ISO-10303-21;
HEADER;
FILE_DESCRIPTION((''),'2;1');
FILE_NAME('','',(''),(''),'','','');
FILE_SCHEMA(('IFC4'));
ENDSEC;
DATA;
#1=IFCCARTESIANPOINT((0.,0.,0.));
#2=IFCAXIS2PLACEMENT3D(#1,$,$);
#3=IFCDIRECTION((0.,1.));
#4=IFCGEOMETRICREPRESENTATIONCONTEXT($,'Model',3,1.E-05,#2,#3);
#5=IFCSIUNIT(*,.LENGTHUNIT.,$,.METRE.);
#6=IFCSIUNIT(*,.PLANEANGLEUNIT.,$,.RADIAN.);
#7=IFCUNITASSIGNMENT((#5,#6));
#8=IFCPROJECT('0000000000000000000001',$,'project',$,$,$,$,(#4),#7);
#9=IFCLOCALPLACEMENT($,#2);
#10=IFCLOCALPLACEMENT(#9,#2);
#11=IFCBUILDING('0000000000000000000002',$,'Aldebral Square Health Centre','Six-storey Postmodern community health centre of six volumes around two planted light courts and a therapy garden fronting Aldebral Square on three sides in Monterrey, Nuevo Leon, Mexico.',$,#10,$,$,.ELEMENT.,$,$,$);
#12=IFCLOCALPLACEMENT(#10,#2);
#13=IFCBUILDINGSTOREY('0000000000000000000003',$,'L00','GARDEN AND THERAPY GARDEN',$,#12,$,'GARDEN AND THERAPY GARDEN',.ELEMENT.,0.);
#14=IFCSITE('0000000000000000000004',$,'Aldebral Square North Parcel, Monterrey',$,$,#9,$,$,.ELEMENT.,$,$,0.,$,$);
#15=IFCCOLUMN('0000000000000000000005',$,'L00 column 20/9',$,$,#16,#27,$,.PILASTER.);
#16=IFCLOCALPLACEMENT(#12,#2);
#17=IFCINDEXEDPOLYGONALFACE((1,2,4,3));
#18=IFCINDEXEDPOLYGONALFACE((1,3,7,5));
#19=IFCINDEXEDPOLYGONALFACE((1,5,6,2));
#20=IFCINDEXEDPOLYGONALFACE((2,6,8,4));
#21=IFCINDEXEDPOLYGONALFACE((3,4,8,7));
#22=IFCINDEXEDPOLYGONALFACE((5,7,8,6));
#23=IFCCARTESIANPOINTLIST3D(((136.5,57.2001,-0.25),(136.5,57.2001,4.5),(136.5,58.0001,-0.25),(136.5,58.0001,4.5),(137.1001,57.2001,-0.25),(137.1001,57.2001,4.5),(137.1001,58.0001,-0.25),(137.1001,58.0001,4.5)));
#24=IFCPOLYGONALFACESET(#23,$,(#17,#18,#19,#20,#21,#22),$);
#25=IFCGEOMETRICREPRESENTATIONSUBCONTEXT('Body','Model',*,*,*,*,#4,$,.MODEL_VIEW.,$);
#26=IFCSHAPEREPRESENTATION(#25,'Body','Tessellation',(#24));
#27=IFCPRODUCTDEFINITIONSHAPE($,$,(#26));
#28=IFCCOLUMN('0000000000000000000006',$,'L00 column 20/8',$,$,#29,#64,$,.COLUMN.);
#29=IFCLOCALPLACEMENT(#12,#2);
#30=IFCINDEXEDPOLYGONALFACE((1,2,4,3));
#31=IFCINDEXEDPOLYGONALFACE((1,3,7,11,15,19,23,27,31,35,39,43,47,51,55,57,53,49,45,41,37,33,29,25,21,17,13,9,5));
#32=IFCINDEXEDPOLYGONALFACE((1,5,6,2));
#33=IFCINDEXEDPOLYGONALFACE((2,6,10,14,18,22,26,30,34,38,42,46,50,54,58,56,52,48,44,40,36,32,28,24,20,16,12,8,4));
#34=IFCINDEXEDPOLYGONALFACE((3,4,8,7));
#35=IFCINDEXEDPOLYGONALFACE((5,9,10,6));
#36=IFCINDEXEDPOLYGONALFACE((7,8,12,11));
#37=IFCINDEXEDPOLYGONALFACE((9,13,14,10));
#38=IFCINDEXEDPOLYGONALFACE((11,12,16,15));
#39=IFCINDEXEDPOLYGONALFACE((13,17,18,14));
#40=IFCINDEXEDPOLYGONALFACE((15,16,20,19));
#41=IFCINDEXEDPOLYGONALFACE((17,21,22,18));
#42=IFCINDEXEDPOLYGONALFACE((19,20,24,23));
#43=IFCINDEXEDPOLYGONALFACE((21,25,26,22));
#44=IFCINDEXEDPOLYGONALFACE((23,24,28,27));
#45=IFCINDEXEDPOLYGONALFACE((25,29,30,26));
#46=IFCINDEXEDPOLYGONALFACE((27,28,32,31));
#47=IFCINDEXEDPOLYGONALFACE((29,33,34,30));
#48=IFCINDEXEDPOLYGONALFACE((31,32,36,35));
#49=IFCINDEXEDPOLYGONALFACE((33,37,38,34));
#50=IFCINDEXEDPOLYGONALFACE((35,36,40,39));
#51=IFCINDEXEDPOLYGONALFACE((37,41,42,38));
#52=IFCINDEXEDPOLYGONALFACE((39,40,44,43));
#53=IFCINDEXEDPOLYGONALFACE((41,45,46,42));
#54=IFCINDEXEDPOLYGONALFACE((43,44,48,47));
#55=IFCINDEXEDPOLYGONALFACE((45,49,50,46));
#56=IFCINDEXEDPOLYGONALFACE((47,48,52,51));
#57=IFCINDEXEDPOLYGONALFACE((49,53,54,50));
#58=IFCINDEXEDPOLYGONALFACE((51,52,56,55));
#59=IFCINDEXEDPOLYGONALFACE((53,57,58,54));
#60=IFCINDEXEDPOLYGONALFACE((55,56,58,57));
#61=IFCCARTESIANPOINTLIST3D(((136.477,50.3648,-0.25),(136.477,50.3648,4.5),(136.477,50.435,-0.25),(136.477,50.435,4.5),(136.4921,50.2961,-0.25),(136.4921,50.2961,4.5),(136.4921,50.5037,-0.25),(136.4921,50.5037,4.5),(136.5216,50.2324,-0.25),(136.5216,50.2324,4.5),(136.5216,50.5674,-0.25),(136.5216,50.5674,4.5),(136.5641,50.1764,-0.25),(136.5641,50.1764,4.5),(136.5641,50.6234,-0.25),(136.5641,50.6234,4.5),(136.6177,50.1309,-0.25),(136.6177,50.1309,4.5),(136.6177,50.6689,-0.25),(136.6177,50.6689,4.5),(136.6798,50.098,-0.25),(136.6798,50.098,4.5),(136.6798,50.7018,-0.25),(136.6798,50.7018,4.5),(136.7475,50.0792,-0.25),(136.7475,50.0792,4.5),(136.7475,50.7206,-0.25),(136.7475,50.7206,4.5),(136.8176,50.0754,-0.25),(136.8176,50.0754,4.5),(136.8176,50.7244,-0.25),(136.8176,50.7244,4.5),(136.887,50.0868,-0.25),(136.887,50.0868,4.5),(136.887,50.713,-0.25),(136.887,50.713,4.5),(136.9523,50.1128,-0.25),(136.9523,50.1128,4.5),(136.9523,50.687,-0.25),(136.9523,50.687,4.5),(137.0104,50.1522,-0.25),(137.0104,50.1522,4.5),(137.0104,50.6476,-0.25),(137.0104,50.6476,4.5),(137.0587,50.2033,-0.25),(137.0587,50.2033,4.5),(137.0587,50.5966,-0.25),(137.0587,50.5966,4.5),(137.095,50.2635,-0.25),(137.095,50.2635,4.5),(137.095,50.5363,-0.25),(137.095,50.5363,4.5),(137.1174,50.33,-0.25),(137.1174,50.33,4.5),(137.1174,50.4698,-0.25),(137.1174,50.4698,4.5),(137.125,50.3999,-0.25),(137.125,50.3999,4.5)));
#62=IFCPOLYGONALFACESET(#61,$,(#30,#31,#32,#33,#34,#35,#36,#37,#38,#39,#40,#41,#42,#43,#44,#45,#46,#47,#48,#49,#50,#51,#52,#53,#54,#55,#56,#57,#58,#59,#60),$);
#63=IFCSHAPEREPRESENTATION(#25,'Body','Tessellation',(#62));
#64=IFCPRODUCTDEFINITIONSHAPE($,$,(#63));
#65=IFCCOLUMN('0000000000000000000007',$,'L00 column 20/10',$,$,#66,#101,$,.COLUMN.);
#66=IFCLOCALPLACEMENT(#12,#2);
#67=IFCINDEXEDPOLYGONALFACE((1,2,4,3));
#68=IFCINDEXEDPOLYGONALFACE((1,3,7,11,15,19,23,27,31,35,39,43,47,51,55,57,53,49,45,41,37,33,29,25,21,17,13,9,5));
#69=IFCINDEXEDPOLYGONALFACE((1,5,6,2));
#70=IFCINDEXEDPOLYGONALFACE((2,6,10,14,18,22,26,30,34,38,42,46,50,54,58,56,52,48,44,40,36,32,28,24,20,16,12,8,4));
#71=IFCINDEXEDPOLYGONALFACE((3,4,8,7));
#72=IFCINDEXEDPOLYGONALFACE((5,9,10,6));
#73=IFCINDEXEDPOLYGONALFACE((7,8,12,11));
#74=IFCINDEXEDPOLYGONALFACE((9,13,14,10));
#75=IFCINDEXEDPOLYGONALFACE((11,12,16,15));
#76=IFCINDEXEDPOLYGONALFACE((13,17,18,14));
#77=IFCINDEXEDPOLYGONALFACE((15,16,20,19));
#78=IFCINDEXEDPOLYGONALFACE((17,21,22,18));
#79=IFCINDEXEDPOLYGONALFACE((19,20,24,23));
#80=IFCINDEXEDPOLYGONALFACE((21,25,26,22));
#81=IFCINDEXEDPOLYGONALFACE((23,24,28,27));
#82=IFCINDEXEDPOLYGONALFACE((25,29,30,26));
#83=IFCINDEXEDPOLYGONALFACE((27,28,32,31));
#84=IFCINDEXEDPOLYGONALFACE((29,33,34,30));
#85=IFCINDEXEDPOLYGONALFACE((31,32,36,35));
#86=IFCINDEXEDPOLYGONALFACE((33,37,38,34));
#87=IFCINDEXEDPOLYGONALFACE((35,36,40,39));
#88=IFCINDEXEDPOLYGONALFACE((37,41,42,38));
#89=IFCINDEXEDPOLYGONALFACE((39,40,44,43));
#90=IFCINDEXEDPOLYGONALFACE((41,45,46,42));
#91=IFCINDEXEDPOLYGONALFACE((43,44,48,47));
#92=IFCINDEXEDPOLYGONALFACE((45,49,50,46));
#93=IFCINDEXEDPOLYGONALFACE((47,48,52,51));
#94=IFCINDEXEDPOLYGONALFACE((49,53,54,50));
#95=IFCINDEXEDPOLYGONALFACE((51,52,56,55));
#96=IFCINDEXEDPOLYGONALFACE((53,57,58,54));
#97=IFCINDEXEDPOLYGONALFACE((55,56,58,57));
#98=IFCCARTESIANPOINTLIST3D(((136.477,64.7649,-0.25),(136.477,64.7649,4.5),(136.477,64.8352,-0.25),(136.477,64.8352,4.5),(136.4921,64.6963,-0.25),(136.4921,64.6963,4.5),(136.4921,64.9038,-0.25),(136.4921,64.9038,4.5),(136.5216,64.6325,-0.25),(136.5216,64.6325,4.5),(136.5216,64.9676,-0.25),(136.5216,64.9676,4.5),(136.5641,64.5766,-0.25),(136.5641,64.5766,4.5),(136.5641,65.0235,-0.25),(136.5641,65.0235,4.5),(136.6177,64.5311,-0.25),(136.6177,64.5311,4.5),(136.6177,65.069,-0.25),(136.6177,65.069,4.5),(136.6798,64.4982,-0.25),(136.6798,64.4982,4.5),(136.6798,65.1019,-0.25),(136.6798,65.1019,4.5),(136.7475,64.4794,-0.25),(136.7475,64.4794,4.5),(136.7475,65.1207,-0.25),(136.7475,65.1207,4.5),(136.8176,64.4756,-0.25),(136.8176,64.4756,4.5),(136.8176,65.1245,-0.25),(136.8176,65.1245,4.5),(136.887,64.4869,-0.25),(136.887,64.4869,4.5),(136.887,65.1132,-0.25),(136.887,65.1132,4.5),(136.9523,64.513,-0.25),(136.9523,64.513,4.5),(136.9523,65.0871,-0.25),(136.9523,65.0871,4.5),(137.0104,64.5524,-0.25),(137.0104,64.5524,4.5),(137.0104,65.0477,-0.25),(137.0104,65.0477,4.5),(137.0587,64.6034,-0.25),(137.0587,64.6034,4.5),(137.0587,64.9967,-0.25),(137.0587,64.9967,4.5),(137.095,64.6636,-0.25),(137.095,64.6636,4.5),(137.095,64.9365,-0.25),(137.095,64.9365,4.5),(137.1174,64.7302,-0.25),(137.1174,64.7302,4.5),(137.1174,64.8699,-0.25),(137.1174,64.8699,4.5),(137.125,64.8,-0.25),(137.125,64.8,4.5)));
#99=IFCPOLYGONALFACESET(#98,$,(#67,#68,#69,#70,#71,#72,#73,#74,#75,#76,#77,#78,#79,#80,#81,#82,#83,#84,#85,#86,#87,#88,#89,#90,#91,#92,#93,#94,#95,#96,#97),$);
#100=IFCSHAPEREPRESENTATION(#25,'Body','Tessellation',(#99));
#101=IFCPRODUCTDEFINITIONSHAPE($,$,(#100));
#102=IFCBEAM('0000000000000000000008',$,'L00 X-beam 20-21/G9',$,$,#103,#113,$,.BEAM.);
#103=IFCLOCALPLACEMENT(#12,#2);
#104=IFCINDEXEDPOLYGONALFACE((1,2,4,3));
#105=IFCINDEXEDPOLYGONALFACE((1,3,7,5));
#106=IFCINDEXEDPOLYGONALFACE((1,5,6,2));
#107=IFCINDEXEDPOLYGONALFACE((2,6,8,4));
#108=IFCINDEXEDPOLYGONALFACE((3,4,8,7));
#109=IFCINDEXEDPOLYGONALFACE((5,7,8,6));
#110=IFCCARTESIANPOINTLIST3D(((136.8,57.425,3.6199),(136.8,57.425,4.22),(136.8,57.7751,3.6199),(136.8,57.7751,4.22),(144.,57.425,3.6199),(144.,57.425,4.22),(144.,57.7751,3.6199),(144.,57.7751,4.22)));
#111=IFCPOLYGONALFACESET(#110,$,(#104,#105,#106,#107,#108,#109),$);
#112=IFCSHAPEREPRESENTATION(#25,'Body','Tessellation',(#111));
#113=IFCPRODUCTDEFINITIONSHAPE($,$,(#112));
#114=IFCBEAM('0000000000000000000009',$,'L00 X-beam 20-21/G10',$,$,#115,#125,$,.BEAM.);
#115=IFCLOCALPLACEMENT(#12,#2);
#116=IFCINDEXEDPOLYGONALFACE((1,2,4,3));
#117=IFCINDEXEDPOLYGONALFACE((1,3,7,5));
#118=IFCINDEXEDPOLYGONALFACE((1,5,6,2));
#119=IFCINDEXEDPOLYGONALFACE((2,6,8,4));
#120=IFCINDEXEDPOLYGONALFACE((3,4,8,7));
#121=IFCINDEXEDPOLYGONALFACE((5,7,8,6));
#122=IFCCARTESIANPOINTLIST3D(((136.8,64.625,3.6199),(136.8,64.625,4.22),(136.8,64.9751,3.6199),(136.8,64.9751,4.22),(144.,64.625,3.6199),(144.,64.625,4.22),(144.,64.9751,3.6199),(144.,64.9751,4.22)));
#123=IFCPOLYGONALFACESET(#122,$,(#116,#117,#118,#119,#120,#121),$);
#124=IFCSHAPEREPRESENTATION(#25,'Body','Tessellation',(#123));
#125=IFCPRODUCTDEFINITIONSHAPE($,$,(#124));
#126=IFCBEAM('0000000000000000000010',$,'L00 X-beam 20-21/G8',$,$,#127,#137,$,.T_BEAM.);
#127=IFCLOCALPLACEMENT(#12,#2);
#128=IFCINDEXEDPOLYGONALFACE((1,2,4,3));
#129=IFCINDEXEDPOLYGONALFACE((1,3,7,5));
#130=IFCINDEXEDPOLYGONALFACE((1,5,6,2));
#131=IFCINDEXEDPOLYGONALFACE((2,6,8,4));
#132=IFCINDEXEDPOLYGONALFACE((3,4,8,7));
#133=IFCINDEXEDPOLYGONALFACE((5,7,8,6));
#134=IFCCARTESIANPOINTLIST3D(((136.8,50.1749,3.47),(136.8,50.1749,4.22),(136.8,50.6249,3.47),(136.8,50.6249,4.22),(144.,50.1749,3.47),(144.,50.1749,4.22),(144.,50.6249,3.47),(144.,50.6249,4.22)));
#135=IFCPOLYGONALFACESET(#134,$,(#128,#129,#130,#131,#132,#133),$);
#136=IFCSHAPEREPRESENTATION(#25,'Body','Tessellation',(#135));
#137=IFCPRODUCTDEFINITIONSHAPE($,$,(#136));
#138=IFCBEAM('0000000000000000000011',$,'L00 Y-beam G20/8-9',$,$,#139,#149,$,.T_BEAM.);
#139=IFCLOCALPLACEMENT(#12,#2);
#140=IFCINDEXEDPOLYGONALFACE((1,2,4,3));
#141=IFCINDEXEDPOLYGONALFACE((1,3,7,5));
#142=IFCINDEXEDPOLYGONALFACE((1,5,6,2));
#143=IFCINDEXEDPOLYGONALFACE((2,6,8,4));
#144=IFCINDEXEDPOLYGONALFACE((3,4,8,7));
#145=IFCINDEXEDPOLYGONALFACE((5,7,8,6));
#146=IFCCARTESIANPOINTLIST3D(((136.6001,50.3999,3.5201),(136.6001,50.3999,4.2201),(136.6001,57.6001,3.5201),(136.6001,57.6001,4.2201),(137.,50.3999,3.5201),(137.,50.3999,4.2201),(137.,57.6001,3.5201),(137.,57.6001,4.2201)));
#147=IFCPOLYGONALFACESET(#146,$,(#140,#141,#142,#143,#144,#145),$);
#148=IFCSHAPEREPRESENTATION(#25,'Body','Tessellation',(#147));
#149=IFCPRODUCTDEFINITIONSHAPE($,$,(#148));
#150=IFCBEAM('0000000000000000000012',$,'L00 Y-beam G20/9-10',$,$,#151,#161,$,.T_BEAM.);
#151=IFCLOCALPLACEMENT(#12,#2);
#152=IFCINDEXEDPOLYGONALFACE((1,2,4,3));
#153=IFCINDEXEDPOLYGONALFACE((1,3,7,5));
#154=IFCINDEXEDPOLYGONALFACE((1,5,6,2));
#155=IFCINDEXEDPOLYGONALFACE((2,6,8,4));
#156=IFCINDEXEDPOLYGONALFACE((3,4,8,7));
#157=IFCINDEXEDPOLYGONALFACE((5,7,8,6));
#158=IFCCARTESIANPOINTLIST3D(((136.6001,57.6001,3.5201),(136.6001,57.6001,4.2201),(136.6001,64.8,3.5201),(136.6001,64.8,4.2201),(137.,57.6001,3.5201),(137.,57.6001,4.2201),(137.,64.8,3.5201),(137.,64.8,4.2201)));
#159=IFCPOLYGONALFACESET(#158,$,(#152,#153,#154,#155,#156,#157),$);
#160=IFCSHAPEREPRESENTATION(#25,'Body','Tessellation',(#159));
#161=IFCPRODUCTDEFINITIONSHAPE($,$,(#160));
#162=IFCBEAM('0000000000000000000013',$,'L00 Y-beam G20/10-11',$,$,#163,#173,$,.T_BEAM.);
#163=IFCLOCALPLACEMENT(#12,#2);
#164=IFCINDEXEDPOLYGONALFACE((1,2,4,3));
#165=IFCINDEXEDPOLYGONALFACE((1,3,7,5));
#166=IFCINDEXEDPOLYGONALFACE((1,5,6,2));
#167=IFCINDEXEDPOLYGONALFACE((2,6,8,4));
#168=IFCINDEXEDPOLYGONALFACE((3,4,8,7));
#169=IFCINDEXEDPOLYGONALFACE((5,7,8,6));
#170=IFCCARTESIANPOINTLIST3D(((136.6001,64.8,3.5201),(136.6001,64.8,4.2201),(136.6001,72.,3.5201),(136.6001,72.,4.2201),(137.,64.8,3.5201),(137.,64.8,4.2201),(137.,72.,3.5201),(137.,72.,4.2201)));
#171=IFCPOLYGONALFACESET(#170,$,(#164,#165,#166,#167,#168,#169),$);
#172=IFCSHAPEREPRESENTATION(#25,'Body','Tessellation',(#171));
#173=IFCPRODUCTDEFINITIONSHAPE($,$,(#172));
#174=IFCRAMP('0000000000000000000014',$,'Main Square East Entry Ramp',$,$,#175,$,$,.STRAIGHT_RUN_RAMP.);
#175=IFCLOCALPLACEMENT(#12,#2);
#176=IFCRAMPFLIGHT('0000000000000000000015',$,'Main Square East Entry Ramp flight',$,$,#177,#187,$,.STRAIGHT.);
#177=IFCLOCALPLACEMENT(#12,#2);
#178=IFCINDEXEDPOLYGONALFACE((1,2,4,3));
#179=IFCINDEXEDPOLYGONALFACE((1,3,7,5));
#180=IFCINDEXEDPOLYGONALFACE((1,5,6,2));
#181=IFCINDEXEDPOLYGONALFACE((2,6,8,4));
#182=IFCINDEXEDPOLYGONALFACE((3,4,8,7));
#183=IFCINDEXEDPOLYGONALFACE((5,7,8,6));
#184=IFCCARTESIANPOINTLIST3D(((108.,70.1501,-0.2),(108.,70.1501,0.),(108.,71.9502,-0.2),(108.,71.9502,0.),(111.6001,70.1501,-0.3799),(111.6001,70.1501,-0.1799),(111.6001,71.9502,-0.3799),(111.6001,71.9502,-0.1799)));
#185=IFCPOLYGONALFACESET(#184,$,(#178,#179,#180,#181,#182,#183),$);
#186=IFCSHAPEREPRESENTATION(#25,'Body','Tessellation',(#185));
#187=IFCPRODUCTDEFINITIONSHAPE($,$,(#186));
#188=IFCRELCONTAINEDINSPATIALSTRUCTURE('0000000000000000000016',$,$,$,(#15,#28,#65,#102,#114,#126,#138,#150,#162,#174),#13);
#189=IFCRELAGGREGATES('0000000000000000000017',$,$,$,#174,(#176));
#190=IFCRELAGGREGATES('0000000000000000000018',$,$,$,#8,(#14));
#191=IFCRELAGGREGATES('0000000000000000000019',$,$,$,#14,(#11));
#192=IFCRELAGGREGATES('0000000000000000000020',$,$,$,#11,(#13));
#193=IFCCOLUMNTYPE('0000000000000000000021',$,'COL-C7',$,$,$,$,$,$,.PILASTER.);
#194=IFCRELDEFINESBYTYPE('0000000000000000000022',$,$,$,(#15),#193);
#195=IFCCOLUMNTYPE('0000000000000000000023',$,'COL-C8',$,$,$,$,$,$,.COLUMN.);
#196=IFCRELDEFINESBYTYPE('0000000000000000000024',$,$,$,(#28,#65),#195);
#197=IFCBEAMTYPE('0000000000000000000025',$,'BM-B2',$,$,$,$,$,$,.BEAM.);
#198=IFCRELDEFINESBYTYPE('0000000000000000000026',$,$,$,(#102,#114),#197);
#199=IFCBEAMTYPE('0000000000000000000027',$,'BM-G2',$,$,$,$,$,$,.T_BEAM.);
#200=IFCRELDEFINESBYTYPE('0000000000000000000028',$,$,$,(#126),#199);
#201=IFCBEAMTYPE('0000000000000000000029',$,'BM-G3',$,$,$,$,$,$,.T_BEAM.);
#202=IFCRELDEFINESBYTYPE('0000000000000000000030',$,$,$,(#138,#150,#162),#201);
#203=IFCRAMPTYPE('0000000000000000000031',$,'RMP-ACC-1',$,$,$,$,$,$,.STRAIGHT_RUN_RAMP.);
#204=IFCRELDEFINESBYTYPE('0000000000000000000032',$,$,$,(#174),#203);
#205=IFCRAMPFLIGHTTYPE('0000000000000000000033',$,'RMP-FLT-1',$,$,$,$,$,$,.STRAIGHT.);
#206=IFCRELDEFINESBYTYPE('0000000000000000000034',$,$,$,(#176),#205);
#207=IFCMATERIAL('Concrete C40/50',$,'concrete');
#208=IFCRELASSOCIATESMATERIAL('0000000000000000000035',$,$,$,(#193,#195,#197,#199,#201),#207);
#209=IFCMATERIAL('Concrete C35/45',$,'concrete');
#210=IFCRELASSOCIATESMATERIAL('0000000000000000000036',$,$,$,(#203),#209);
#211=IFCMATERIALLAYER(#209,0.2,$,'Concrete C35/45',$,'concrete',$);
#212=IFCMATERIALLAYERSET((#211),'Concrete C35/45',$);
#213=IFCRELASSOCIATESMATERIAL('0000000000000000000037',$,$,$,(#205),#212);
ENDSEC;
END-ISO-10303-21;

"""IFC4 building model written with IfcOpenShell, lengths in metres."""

from ifc_helpers import new_model, si_unit, direction, frame, origin, origin_2d, place, context, subcontext, project, spatial, polyline, rectangle, circle, outline, extrude, material, layer, layer_set, material_profile, profile_set, type_object, element, aggregate, save


model = new_model("IFC4")

# Units and contexts
model_context = context("Model", 3, precision=1e-05, world=origin(), true_north=direction((0.0, 1.0)))
body_context = subcontext(model_context, "Body", "Model", "MODEL_VIEW")
ifc_project = project(units=[si_unit("LENGTHUNIT", "METRE"), si_unit("PLANEANGLEUNIT", "RADIAN")], contexts=[model_context])

# Site, building, storey
site_placement = place(None, origin())
site = spatial("IfcSite", under=ifc_project, at=site_placement, Name="Aldebral Square North Parcel, Monterrey", CompositionType="ELEMENT", RefElevation=0.0)
building_placement = place(site_placement, origin())
building = spatial("IfcBuilding", under=site, at=building_placement, Name="Aldebral Square Health Centre", Description="Six-storey Postmodern community health centre of six volumes around two planted light courts and a therapy garden fronting Aldebral Square on three sides in Monterrey, Nuevo Leon, Mexico.", CompositionType="ELEMENT")
storey_placement = place(building_placement, origin())
storey = spatial("IfcBuildingStorey", under=building, at=storey_placement, Name="L00", Description="GARDEN AND THERAPY GARDEN", LongName="GARDEN AND THERAPY GARDEN", CompositionType="ELEMENT", Elevation=0.0)

# Shared definitions
ifc_material_1 = material(Name="Concrete C35/45", Category="concrete")

# Columns
ifc_material_2 = material(Name="Concrete C40/50", Category="concrete")
ifc_material_profile_1 = material_profile(ifc_material_2, rectangle(XDim=0.6001, YDim=0.8, at=origin_2d()), Name="RC 600x800")
ifc_profile_set_1 = profile_set([ifc_material_profile_1], Name="Concrete C40/50")
column_type_1 = type_object("IfcColumnType", Name="COL-C7", PredefinedType="PILASTER", material=ifc_profile_set_1)
column_placement = place(storey_placement, frame((136.8, 57.6001, -0.25), z_axis=(0.0, 0.0, 1.0), x_axis=(1.0, 0.0, 0.0)))
element("IfcColumn", 1, at=column_placement, inside=storey, type_object=column_type_1, Name="L00 column 20/9", PredefinedType="PILASTER", context=body_context, shape_type="SweptSolid", body=[
    extrude(rectangle(XDim=0.6001, YDim=0.8, at=origin_2d()), origin(), (0.0, 0.0, 1.0), 4.75),
])
ifc_material_profile_2 = material_profile(ifc_material_2, circle(Radius=0.325, at=origin_2d()), Name="RC D650")
ifc_profile_set_2 = profile_set([ifc_material_profile_2], Name="Concrete C40/50")
column_type_2 = type_object("IfcColumnType", Name="COL-C8", PredefinedType="COLUMN", material=ifc_profile_set_2)
for number, where, z_axis, x_axis, name in (
    (2, (136.8, 50.3999, -0.25), (0.0, 0.0, 1.0), (1.0, 0.0, 0.0), "L00 column 20/8"),
    (3, (136.8, 64.8, -0.25), (0.0, 0.0, 1.0), (1.0, 0.0, 0.0), "L00 column 20/10"),
):
    element("IfcColumn", number, at=place(storey_placement, frame(where, z_axis=z_axis, x_axis=x_axis)), inside=storey, type_object=column_type_2, Name=name, PredefinedType="COLUMN", context=body_context, shape_type="SweptSolid", body=[
        extrude(circle(Radius=0.325, at=origin_2d()), origin(), (0.0, 0.0, 1.0), 4.75),
    ])

# Beams
ifc_material_profile_3 = material_profile(ifc_material_2, rectangle(XDim=0.3501, YDim=0.6001, at=origin_2d()), Name="RC 350x600")
ifc_profile_set_3 = profile_set([ifc_material_profile_3], Name="Concrete C40/50")
beam_type_1 = type_object("IfcBeamType", Name="BM-B2", PredefinedType="BEAM", material=ifc_profile_set_3)
for number, where, z_axis, x_axis, name in (
    (4, (136.8, 57.6001, 3.9199), (1.0, 0.0, 0.0), (0.0, 1.0, 0.0), "L00 X-beam 20-21/G9"),
    (5, (136.8, 64.8, 3.9199), (1.0, 0.0, 0.0), (0.0, 1.0, 0.0), "L00 X-beam 20-21/G10"),
):
    element("IfcBeam", number, at=place(storey_placement, frame(where, z_axis=z_axis, x_axis=x_axis)), inside=storey, type_object=beam_type_1, Name=name, PredefinedType="BEAM", context=body_context, shape_type="SweptSolid", body=[
        extrude(rectangle(XDim=0.3501, YDim=0.6001, at=origin_2d()), origin(), (0.0, 0.0, 1.0), 7.2),
    ])
ifc_material_profile_4 = material_profile(ifc_material_2, rectangle(XDim=0.45, YDim=0.75, at=origin_2d()), Name="RC 450x750")
ifc_profile_set_4 = profile_set([ifc_material_profile_4], Name="Concrete C40/50")
beam_type_2 = type_object("IfcBeamType", Name="BM-G2", PredefinedType="T_BEAM", material=ifc_profile_set_4)
beam_1_placement = place(storey_placement, frame((136.8, 50.3999, 3.845), z_axis=(1.0, 0.0, 0.0), x_axis=(0.0, 1.0, 0.0)))
element("IfcBeam", 6, at=beam_1_placement, inside=storey, type_object=beam_type_2, Name="L00 X-beam 20-21/G8", PredefinedType="T_BEAM", context=body_context, shape_type="SweptSolid", body=[
    extrude(rectangle(XDim=0.45, YDim=0.75, at=origin_2d()), origin(), (0.0, 0.0, 1.0), 7.2),
])
ifc_material_profile_5 = material_profile(ifc_material_2, rectangle(XDim=0.3999, YDim=0.7, at=origin_2d()), Name="RC 400x700")
ifc_profile_set_5 = profile_set([ifc_material_profile_5], Name="Concrete C40/50")
beam_type_3 = type_object("IfcBeamType", Name="BM-G3", PredefinedType="T_BEAM", material=ifc_profile_set_5)
beam_2_placement = place(storey_placement, frame((136.8, 50.3999, 3.8701), z_axis=(0.0, 1.0, 0.0), x_axis=(-1.0, 0.0, 0.0)))
element("IfcBeam", 7, at=beam_2_placement, inside=storey, type_object=beam_type_3, Name="L00 Y-beam G20/8-9", PredefinedType="T_BEAM", context=body_context, shape_type="SweptSolid", body=[
    extrude(rectangle(XDim=0.3999, YDim=0.7, at=origin_2d()), origin(), (0.0, 0.0, 1.0), 7.2002),
])
for number, where, z_axis, x_axis, name in (
    (8, (136.8, 57.6001, 3.8701), (0.0, 1.0, 0.0), (-1.0, 0.0, 0.0), "L00 Y-beam G20/9-10"),
    (9, (136.8, 64.8, 3.8701), (0.0, 1.0, 0.0), (-1.0, 0.0, 0.0), "L00 Y-beam G20/10-11"),
):
    element("IfcBeam", number, at=place(storey_placement, frame(where, z_axis=z_axis, x_axis=x_axis)), inside=storey, type_object=beam_type_3, Name=name, PredefinedType="T_BEAM", context=body_context, shape_type="SweptSolid", body=[
        extrude(rectangle(XDim=0.3999, YDim=0.7, at=origin_2d()), origin(), (0.0, 0.0, 1.0), 7.2),
    ])

# Ramp, ramp flight
ramp_type = type_object("IfcRampType", Name="RMP-ACC-1", PredefinedType="STRAIGHT_RUN_RAMP", material=ifc_material_1)
ramp_1_placement = place(storey_placement, origin())
ramp_1 = element("IfcRamp", 10, at=ramp_1_placement, inside=storey, type_object=ramp_type, Name="Main Square East Entry Ramp", PredefinedType="STRAIGHT_RUN_RAMP")
ifc_layer_1 = layer(ifc_material_1, 0.2, Name="Concrete C35/45", Category="concrete")
ifc_layer_set_1 = layer_set([ifc_layer_1], Name="Concrete C35/45")
ramp_flight_type = type_object("IfcRampFlightType", Name="RMP-FLT-1", PredefinedType="STRAIGHT", material=ifc_layer_set_1)
ramp_flight_1_placement = place(storey_placement, frame((111.6001, 71.05, -0.1799), z_axis=(0.0, 0.0, 1.0), x_axis=(-1.0, 0.0, 0.0)))
ramp_flight_1 = element("IfcRampFlight", 11, at=ramp_flight_1_placement, type_object=ramp_flight_type, Name="Main Square East Entry Ramp flight", PredefinedType="STRAIGHT", context=body_context, shape_type="SweptSolid", body=[
    extrude(outline(polyline([(0.0, 0.0), (0.0, -0.2), (3.6001, -0.02), (3.6001, 0.1799), (0.0, 0.0)])), frame((0.0, 0.8999, 0.0), z_axis=(0.0, -1.0, 0.0), x_axis=(1.0, 0.0, 0.0)), (0.0, 0.0, 1.0), 1.8),
])
aggregate(ramp_1, [ramp_flight_1])

save(model, "model.ifc")
